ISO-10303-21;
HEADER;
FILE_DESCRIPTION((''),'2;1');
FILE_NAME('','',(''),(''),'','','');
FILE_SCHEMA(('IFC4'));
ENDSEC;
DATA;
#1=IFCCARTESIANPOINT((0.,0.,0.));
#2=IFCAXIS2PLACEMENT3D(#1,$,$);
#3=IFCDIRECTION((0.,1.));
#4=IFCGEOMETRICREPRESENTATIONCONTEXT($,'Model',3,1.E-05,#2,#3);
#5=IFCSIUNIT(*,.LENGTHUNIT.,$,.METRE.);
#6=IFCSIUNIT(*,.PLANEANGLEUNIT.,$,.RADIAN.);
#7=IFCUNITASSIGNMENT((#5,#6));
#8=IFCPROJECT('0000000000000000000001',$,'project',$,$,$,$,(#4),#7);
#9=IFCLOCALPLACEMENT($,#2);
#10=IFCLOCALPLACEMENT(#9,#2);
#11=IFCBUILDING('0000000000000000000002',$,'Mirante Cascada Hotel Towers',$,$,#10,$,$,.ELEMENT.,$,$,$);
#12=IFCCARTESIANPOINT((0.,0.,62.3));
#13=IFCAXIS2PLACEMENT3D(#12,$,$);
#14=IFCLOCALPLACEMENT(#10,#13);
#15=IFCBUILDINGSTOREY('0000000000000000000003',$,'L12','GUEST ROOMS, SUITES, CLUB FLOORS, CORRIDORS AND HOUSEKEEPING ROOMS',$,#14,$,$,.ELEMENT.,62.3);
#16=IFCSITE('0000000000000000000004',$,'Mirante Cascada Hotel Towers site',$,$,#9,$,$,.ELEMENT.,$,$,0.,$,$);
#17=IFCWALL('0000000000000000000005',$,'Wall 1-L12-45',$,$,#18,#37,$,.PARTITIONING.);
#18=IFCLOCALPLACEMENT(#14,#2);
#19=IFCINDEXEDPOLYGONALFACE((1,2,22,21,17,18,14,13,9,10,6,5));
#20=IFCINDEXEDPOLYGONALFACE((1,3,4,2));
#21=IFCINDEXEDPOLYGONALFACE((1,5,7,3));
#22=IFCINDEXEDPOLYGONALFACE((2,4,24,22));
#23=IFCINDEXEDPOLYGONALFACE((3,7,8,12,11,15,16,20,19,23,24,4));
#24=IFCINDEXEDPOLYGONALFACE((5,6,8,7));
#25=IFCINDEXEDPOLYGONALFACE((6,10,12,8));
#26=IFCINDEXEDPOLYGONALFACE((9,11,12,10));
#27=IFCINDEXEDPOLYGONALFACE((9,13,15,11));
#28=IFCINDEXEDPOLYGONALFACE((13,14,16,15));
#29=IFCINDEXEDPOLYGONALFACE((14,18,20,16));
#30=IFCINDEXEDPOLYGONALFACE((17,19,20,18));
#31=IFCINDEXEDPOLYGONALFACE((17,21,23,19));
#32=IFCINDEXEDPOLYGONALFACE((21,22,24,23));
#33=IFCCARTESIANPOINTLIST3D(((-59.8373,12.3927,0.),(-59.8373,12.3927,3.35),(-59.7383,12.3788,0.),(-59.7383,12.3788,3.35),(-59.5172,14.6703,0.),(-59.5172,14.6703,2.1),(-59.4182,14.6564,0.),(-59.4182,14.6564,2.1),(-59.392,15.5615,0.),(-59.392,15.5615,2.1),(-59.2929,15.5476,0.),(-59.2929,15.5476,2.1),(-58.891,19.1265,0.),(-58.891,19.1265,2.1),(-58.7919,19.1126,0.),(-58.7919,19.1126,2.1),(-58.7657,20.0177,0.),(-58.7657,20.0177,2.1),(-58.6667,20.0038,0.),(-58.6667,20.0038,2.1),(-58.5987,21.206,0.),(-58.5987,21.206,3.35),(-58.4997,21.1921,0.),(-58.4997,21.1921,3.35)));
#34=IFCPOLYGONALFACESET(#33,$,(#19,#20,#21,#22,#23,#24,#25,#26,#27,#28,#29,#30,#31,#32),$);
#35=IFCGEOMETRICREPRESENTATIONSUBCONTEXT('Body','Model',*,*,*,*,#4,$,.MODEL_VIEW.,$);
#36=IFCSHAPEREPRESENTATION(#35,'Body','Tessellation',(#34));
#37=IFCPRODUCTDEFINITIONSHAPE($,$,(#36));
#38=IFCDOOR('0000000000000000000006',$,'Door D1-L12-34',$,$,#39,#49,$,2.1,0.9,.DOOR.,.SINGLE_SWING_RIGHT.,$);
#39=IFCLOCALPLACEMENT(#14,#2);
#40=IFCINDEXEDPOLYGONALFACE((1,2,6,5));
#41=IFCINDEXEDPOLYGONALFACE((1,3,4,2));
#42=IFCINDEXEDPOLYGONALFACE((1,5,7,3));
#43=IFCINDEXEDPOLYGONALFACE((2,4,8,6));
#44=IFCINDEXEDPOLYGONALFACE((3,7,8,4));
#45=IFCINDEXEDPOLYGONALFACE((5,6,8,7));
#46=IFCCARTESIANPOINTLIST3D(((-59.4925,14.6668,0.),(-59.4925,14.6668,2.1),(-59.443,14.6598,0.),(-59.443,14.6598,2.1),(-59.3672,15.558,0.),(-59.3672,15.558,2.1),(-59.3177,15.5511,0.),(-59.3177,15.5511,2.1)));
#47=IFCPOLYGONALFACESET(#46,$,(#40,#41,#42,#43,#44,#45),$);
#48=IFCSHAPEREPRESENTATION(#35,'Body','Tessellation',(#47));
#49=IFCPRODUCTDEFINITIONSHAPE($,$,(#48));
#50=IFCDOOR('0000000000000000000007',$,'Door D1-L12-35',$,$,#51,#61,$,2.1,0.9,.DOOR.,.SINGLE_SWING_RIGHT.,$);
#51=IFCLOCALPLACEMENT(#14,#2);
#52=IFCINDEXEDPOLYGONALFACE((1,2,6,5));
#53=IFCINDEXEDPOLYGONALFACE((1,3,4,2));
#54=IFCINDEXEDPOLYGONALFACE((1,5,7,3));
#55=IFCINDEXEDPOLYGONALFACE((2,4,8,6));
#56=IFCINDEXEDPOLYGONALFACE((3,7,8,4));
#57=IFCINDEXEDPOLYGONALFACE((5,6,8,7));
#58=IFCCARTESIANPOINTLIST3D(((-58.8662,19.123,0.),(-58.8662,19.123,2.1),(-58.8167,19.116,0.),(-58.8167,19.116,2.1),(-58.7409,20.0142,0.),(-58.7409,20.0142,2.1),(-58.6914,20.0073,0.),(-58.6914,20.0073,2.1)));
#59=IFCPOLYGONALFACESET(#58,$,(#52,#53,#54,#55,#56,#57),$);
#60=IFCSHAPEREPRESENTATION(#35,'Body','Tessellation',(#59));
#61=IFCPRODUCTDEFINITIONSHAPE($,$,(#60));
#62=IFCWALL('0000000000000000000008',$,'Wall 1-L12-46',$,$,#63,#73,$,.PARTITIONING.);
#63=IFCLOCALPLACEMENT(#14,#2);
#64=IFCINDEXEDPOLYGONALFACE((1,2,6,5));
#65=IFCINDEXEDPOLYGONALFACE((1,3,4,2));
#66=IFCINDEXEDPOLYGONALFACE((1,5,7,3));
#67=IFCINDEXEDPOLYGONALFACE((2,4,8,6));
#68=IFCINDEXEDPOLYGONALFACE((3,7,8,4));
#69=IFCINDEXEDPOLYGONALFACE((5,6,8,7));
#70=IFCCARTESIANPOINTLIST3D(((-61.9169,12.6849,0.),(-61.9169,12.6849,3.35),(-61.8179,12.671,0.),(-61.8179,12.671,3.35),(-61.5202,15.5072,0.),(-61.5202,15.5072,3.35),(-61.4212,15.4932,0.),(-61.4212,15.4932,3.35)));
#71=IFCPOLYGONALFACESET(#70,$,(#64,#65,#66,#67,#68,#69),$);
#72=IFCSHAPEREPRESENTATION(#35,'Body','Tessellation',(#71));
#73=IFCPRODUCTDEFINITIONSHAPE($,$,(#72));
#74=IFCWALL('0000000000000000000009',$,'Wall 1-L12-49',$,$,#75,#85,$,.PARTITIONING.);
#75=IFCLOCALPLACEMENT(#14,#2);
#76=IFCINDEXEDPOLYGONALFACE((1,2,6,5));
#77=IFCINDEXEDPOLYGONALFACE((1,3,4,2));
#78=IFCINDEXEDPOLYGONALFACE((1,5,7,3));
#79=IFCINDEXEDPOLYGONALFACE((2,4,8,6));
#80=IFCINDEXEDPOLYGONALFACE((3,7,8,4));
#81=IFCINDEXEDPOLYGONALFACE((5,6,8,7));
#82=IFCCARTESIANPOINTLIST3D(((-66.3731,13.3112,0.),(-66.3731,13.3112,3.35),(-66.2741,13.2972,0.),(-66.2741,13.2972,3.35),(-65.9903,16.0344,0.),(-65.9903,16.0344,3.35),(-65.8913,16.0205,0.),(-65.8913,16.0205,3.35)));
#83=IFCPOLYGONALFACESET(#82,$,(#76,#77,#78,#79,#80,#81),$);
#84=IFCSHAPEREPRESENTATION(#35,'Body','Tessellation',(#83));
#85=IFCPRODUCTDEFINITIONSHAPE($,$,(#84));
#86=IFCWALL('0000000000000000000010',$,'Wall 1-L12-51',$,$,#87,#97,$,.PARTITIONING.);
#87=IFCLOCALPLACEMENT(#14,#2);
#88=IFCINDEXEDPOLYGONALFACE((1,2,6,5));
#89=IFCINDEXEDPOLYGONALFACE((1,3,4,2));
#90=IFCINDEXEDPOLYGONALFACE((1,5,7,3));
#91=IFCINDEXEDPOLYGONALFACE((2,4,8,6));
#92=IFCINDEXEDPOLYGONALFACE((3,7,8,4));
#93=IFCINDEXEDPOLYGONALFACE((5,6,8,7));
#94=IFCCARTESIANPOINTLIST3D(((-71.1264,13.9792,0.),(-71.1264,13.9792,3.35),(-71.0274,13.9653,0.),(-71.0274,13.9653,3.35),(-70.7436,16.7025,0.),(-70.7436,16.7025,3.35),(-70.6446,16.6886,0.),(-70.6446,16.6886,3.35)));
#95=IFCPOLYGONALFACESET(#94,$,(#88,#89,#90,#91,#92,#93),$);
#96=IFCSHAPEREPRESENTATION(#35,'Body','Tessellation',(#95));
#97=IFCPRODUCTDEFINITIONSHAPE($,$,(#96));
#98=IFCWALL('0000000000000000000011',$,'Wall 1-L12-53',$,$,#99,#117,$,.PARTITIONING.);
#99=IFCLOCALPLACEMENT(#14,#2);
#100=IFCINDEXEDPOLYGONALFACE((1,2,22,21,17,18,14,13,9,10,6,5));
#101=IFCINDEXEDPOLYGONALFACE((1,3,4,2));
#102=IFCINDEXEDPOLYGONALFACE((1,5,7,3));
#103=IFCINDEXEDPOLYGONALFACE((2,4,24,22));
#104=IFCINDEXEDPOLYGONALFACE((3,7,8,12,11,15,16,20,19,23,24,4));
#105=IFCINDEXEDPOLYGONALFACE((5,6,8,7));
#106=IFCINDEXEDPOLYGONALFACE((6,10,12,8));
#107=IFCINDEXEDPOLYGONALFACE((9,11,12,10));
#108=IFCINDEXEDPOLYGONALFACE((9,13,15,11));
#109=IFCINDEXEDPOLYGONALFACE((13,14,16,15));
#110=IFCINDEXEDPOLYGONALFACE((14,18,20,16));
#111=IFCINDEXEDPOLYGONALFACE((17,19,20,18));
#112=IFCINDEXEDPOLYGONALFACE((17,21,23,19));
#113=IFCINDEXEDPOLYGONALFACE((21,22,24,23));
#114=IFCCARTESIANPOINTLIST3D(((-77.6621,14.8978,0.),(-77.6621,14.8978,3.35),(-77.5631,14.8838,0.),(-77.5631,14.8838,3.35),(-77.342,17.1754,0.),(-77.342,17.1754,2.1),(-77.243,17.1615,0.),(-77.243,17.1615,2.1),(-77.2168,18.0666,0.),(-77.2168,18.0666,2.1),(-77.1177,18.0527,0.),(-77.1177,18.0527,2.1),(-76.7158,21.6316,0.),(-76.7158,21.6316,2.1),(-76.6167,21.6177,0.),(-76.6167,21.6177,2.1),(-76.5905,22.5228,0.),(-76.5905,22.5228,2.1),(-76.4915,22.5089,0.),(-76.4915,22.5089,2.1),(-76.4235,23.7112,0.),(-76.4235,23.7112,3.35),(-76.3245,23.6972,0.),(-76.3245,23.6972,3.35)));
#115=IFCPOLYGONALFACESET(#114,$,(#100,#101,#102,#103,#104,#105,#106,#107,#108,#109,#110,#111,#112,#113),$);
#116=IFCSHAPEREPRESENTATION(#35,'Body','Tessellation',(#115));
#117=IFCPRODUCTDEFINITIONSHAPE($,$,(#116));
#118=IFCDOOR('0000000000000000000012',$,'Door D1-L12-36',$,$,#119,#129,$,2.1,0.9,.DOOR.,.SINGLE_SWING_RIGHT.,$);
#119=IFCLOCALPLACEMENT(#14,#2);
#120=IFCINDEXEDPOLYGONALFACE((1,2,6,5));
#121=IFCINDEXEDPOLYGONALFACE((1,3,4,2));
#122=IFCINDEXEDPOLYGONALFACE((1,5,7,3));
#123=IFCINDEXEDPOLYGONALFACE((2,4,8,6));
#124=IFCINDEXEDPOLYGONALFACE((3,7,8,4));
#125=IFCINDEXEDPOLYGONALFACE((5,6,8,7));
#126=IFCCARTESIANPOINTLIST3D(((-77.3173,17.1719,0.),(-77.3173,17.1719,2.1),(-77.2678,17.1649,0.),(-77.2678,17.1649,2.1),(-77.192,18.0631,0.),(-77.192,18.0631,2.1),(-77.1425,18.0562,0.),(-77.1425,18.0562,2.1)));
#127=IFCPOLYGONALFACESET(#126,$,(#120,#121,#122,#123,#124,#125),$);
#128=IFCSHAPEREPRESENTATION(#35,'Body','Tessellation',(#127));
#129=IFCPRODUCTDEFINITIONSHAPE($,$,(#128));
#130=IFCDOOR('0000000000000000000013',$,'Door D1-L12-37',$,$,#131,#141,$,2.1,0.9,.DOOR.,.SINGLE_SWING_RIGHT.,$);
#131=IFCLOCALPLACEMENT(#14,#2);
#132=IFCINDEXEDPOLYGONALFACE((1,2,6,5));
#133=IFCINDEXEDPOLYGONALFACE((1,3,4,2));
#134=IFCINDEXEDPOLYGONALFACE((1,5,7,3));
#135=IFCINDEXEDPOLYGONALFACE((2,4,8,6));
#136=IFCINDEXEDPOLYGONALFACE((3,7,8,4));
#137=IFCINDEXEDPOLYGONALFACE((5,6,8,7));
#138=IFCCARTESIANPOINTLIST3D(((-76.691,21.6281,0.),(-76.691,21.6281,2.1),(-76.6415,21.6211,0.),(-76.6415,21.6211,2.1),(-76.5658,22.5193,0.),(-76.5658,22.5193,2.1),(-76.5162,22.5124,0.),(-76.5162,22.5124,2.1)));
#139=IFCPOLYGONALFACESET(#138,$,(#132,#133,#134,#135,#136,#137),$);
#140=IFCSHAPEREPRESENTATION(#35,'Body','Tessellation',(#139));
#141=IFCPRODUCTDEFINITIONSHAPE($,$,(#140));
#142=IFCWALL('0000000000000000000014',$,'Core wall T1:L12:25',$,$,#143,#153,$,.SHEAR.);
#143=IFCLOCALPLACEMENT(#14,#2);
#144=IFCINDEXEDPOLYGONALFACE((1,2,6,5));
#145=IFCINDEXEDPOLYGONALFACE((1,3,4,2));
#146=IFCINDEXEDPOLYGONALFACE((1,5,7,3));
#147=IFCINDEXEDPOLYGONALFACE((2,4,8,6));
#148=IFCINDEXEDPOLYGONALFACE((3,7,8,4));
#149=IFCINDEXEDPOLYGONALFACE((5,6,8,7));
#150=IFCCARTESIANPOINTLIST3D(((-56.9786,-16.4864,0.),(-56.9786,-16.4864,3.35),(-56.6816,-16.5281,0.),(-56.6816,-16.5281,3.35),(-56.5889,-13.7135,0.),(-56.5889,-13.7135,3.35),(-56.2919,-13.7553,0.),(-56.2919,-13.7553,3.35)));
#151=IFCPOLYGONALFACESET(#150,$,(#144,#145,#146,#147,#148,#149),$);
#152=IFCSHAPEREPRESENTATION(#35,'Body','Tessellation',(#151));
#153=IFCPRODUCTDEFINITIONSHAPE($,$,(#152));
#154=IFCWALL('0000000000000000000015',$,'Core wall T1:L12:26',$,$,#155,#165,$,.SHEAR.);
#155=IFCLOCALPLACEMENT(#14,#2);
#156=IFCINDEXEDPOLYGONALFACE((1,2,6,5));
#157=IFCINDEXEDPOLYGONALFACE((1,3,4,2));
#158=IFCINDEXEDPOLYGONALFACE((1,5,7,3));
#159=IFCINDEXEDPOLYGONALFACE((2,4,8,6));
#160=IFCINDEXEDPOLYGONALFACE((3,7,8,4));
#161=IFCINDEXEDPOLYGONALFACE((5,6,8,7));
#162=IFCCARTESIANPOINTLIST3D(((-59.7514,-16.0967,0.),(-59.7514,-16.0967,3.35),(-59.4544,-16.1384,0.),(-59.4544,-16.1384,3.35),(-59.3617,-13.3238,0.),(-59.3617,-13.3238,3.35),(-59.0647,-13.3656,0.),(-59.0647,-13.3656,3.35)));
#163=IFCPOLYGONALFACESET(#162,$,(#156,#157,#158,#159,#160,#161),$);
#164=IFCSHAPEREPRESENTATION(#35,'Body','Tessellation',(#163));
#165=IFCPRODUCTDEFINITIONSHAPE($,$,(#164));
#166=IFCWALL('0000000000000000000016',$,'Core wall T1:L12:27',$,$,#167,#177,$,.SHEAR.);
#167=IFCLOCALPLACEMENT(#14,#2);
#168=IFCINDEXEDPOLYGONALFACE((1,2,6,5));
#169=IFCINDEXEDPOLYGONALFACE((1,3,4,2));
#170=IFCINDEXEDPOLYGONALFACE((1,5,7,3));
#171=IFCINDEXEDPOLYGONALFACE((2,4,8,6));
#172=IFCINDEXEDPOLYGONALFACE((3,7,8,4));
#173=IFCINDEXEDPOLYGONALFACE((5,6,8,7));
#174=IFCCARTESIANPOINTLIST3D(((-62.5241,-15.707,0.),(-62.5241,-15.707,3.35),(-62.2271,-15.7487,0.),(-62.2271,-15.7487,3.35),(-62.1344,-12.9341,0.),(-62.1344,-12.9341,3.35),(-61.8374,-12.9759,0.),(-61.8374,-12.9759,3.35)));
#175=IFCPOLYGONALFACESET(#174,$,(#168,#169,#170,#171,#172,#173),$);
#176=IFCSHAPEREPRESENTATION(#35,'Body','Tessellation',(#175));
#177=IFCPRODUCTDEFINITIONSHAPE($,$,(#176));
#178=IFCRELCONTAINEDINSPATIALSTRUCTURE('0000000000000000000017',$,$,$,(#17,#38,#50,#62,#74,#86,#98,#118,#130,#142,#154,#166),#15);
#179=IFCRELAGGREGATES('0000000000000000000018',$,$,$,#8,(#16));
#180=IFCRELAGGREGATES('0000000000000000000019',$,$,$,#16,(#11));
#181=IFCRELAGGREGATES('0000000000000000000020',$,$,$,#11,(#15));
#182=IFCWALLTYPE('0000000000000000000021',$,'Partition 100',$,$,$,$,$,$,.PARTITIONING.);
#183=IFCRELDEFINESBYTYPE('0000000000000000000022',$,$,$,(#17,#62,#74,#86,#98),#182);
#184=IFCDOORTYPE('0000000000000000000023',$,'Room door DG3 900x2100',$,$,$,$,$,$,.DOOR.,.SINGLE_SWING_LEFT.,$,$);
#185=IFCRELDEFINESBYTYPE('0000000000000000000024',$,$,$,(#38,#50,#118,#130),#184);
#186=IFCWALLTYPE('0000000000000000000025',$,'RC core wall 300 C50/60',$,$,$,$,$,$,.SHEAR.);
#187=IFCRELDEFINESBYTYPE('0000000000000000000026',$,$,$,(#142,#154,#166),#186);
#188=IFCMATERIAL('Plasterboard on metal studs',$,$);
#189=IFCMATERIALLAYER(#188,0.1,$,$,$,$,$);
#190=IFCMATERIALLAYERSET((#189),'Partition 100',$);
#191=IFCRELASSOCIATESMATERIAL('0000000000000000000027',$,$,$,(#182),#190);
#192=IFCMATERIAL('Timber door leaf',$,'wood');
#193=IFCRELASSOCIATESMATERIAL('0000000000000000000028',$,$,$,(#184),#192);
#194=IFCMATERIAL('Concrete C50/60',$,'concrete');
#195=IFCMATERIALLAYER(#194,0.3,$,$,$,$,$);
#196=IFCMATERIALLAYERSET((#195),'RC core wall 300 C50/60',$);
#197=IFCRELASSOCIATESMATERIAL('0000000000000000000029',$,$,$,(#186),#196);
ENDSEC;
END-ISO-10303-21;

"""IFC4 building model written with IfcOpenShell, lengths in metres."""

from ifc_helpers import new_model, si_unit, direction, frame, frame_2d, origin, place, context, subcontext, project, spatial, rectangle, extrude, material, layer, layer_set, type_object, element, fill, save


model = new_model("IFC4")

# Units and contexts
model_context = context("Model", 3, precision=1e-05, world=origin(), true_north=direction((0.0, 1.0)))
body_context = subcontext(model_context, "Body", "Model", "MODEL_VIEW")
ifc_project = project(units=[si_unit("LENGTHUNIT", "METRE"), si_unit("PLANEANGLEUNIT", "RADIAN")], contexts=[model_context])

# Site, building, storey
site_placement = place(None, origin())
site = spatial("IfcSite", under=ifc_project, at=site_placement, Name="Mirante Cascada Hotel Towers site", CompositionType="ELEMENT", RefElevation=0.0)
building_placement = place(site_placement, origin())
building = spatial("IfcBuilding", under=site, at=building_placement, Name="Mirante Cascada Hotel Towers", CompositionType="ELEMENT")
storey_placement = place(building_placement, frame((0.0, 0.0, 62.3)))
storey = spatial("IfcBuildingStorey", under=building, at=storey_placement, Name="L12", Description="GUEST ROOMS, SUITES, CLUB FLOORS, CORRIDORS AND HOUSEKEEPING ROOMS", CompositionType="ELEMENT", Elevation=62.3)

# Wall, openings, doors
ifc_material_1 = material(Name="Plasterboard on metal studs")
ifc_layer_1 = layer(ifc_material_1, 0.1)
ifc_layer_set_1 = layer_set([ifc_layer_1], Name="Partition 100")
wall_type_1 = type_object("IfcWallType", Name="Partition 100", PredefinedType="PARTITIONING", material=ifc_layer_set_1)
wall_1_placement = place(storey_placement, frame((-59.7878, 12.3857, 0.0), z_axis=(0.0, 0.0, 1.0), x_axis=(0.13917, 0.990268, 0.0)))
wall_1 = element("IfcWall", 1, at=wall_1_placement, inside=storey, type_object=wall_type_1, Name="Wall 1-L12-45", PredefinedType="PARTITIONING", context=body_context, shape_type="SweptSolid", body=[
    extrude(rectangle(XDim=8.8999, YDim=0.1, at=frame_2d((4.45, 0.0))), origin(), (0.0, 0.0, 1.0), 3.35),
])
opening_1_placement = place(wall_1_placement, frame((2.3, 0.0, 0.0)))
opening_1 = element("IfcOpeningElement", 2, at=opening_1_placement, cuts=wall_1, PredefinedType="OPENING", context=body_context, shape_type="SweptSolid", body=[
    extrude(rectangle(XDim=0.9, YDim=2.1, at=frame_2d((0.45, 1.05))), frame((0.0, 0.05, 0.0), z_axis=(0.0, -1.0, 0.0), x_axis=(1.0, 0.0, 0.0)), (0.0, 0.0, 1.0), 0.1),
])
opening_2_placement = place(wall_1_placement, frame((6.8, 0.0, 0.0)))
opening_2 = element("IfcOpeningElement", 3, at=opening_2_placement, cuts=wall_1, PredefinedType="OPENING", context=body_context, shape_type="SweptSolid", body=[
    extrude(rectangle(XDim=0.9, YDim=2.1, at=frame_2d((0.45, 1.05))), frame((0.0, 0.05, 0.0), z_axis=(0.0, -1.0, 0.0), x_axis=(1.0, 0.0, 0.0)), (0.0, 0.0, 1.0), 0.1),
])
ifc_material_2 = material(Name="Timber door leaf", Category="wood")
door_type_1 = type_object("IfcDoorType", Name="Room door DG3 900x2100", OperationType="SINGLE_SWING_LEFT", PredefinedType="DOOR", material=ifc_material_2)
door_1_placement = place(opening_1_placement, frame((0.9, 0.0, 0.0), z_axis=(0.0, 0.0, 1.0), x_axis=(-1.0, 0.0, 0.0)))
door_1 = element("IfcDoor", 4, at=door_1_placement, inside=storey, type_object=door_type_1, Name="Door D1-L12-34", OperationType="SINGLE_SWING_RIGHT", OverallHeight=2.1, OverallWidth=0.9, PredefinedType="DOOR", context=body_context, shape_type="SweptSolid", body=[
    extrude(rectangle(XDim=0.9, YDim=2.1, at=frame_2d((0.45, 1.05))), frame((0.0, 0.025, 0.0), z_axis=(0.0, -1.0, 0.0), x_axis=(1.0, 0.0, 0.0)), (0.0, 0.0, 1.0), 0.05),
])
fill(opening_1, door_1)
door_2_placement = place(opening_2_placement, frame((0.9, 0.0, 0.0), z_axis=(0.0, 0.0, 1.0), x_axis=(-1.0, 0.0, 0.0)))
door_2 = element("IfcDoor", 5, at=door_2_placement, inside=storey, type_object=door_type_1, Name="Door D1-L12-35", OperationType="SINGLE_SWING_RIGHT", OverallHeight=2.1, OverallWidth=0.9, PredefinedType="DOOR", context=body_context, shape_type="SweptSolid", body=[
    extrude(rectangle(XDim=0.9, YDim=2.1, at=frame_2d((0.45, 1.05))), frame((0.0, 0.025, 0.0), z_axis=(0.0, -1.0, 0.0), x_axis=(1.0, 0.0, 0.0)), (0.0, 0.0, 1.0), 0.05),
])
fill(opening_2, door_2)

# Walls
wall_2_placement = place(storey_placement, frame((-61.4707, 15.5002, 0.0), z_axis=(0.0, 0.0, 1.0), x_axis=(-0.139191, -0.990266, 0.0)))
element("IfcWall", 6, at=wall_2_placement, inside=storey, type_object=wall_type_1, Name="Wall 1-L12-46", PredefinedType="PARTITIONING", context=body_context, shape_type="SweptSolid", body=[
    extrude(rectangle(XDim=2.85, YDim=0.1, at=frame_2d((1.425, 0.0))), origin(), (0.0, 0.0, 1.0), 3.35),
])
wall_3_placement = place(storey_placement, frame((-66.3236, 13.3042, 0.0), z_axis=(0.0, 0.0, 1.0), x_axis=(0.139201, 0.990264, 0.0)))
element("IfcWall", 7, at=wall_3_placement, inside=storey, type_object=wall_type_1, Name="Wall 1-L12-49", PredefinedType="PARTITIONING", context=body_context, shape_type="SweptSolid", body=[
    extrude(rectangle(XDim=2.75, YDim=0.1, at=frame_2d((1.375, 0.0))), origin(), (0.0, 0.0, 1.0), 3.35),
])
wall_4_placement = place(storey_placement, frame((-71.0769, 13.9722, 0.0), z_axis=(0.0, 0.0, 1.0), x_axis=(0.139196, 0.990265, 0.0)))
element("IfcWall", 8, at=wall_4_placement, inside=storey, type_object=wall_type_1, Name="Wall 1-L12-51", PredefinedType="PARTITIONING", context=body_context, shape_type="SweptSolid", body=[
    extrude(rectangle(XDim=2.7501, YDim=0.1, at=frame_2d((1.3751, 0.0))), origin(), (0.0, 0.0, 1.0), 3.35),
])

# Wall, openings, doors
wall_5_placement = place(storey_placement, frame((-77.6126, 14.8908, 0.0), z_axis=(0.0, 0.0, 1.0), x_axis=(0.139168, 0.990269, 0.0)))
wall_5 = element("IfcWall", 9, at=wall_5_placement, inside=storey, type_object=wall_type_1, Name="Wall 1-L12-53", PredefinedType="PARTITIONING", context=body_context, shape_type="SweptSolid", body=[
    extrude(rectangle(XDim=8.9, YDim=0.1, at=frame_2d((4.45, 0.0))), origin(), (0.0, 0.0, 1.0), 3.35),
])
opening_3_placement = place(wall_5_placement, frame((2.3, 0.0, 0.0)))
opening_3 = element("IfcOpeningElement", 10, at=opening_3_placement, cuts=wall_5, PredefinedType="OPENING", context=body_context, shape_type="SweptSolid", body=[
    extrude(rectangle(XDim=0.9, YDim=2.1, at=frame_2d((0.45, 1.05))), frame((0.0, 0.05, 0.0), z_axis=(0.0, -1.0, 0.0), x_axis=(1.0, 0.0, 0.0)), (0.0, 0.0, 1.0), 0.1),
])
opening_4_placement = place(wall_5_placement, frame((6.8, 0.0, 0.0)))
opening_4 = element("IfcOpeningElement", 11, at=opening_4_placement, cuts=wall_5, PredefinedType="OPENING", context=body_context, shape_type="SweptSolid", body=[
    extrude(rectangle(XDim=0.9, YDim=2.1, at=frame_2d((0.45, 1.05))), frame((0.0, 0.05, 0.0), z_axis=(0.0, -1.0, 0.0), x_axis=(1.0, 0.0, 0.0)), (0.0, 0.0, 1.0), 0.1),
])
door_3_placement = place(opening_3_placement, frame((0.9, 0.0, 0.0), z_axis=(0.0, 0.0, 1.0), x_axis=(-1.0, 0.0, 0.0)))
door_3 = element("IfcDoor", 12, at=door_3_placement, inside=storey, type_object=door_type_1, Name="Door D1-L12-36", OperationType="SINGLE_SWING_RIGHT", OverallHeight=2.1, OverallWidth=0.9, PredefinedType="DOOR", context=body_context, shape_type="SweptSolid", body=[
    extrude(rectangle(XDim=0.9, YDim=2.1, at=frame_2d((0.45, 1.05))), frame((0.0, 0.025, 0.0), z_axis=(0.0, -1.0, 0.0), x_axis=(1.0, 0.0, 0.0)), (0.0, 0.0, 1.0), 0.05),
])
fill(opening_3, door_3)
door_4_placement = place(opening_4_placement, frame((0.9, 0.0, 0.0), z_axis=(0.0, 0.0, 1.0), x_axis=(-1.0, 0.0, 0.0)))
door_4 = element("IfcDoor", 13, at=door_4_placement, inside=storey, type_object=door_type_1, Name="Door D1-L12-37", OperationType="SINGLE_SWING_RIGHT", OverallHeight=2.1, OverallWidth=0.9, PredefinedType="DOOR", context=body_context, shape_type="SweptSolid", body=[
    extrude(rectangle(XDim=0.9, YDim=2.1, at=frame_2d((0.45, 1.05))), frame((0.0, 0.025, 0.0), z_axis=(0.0, -1.0, 0.0), x_axis=(1.0, 0.0, 0.0)), (0.0, 0.0, 1.0), 0.05),
])
fill(opening_4, door_4)

# Walls
ifc_material_3 = material(Name="Concrete C50/60", Category="concrete")
ifc_layer_2 = layer(ifc_material_3, 0.3)
ifc_layer_set_2 = layer_set([ifc_layer_2], Name="RC core wall 300 C50/60")
wall_type_2 = type_object("IfcWallType", Name="RC core wall 300 C50/60", PredefinedType="SHEAR", material=ifc_layer_set_2)
for number, where, z_axis, x_axis, name in (
    (14, (-56.8301, -16.5072, 0.0), (0.0, 0.0, 1.0), (0.139176, 0.990268, 0.0), "Core wall T1:L12:25"),
    (15, (-59.6029, -16.1175, 0.0), (0.0, 0.0, 1.0), (0.139176, 0.990268, 0.0), "Core wall T1:L12:26"),
    (16, (-62.3756, -15.7278, 0.0), (0.0, 0.0, 1.0), (0.139176, 0.990268, 0.0), "Core wall T1:L12:27"),
):
    element("IfcWall", number, at=place(storey_placement, frame(where, z_axis=z_axis, x_axis=x_axis)), inside=storey, type_object=wall_type_2, Name=name, PredefinedType="SHEAR", context=body_context, shape_type="SweptSolid", body=[
        extrude(rectangle(XDim=2.8001, YDim=0.3, at=frame_2d((1.4, 0.0))), origin(), (0.0, 0.0, 1.0), 3.35),
    ])

save(model, "model.ifc")
